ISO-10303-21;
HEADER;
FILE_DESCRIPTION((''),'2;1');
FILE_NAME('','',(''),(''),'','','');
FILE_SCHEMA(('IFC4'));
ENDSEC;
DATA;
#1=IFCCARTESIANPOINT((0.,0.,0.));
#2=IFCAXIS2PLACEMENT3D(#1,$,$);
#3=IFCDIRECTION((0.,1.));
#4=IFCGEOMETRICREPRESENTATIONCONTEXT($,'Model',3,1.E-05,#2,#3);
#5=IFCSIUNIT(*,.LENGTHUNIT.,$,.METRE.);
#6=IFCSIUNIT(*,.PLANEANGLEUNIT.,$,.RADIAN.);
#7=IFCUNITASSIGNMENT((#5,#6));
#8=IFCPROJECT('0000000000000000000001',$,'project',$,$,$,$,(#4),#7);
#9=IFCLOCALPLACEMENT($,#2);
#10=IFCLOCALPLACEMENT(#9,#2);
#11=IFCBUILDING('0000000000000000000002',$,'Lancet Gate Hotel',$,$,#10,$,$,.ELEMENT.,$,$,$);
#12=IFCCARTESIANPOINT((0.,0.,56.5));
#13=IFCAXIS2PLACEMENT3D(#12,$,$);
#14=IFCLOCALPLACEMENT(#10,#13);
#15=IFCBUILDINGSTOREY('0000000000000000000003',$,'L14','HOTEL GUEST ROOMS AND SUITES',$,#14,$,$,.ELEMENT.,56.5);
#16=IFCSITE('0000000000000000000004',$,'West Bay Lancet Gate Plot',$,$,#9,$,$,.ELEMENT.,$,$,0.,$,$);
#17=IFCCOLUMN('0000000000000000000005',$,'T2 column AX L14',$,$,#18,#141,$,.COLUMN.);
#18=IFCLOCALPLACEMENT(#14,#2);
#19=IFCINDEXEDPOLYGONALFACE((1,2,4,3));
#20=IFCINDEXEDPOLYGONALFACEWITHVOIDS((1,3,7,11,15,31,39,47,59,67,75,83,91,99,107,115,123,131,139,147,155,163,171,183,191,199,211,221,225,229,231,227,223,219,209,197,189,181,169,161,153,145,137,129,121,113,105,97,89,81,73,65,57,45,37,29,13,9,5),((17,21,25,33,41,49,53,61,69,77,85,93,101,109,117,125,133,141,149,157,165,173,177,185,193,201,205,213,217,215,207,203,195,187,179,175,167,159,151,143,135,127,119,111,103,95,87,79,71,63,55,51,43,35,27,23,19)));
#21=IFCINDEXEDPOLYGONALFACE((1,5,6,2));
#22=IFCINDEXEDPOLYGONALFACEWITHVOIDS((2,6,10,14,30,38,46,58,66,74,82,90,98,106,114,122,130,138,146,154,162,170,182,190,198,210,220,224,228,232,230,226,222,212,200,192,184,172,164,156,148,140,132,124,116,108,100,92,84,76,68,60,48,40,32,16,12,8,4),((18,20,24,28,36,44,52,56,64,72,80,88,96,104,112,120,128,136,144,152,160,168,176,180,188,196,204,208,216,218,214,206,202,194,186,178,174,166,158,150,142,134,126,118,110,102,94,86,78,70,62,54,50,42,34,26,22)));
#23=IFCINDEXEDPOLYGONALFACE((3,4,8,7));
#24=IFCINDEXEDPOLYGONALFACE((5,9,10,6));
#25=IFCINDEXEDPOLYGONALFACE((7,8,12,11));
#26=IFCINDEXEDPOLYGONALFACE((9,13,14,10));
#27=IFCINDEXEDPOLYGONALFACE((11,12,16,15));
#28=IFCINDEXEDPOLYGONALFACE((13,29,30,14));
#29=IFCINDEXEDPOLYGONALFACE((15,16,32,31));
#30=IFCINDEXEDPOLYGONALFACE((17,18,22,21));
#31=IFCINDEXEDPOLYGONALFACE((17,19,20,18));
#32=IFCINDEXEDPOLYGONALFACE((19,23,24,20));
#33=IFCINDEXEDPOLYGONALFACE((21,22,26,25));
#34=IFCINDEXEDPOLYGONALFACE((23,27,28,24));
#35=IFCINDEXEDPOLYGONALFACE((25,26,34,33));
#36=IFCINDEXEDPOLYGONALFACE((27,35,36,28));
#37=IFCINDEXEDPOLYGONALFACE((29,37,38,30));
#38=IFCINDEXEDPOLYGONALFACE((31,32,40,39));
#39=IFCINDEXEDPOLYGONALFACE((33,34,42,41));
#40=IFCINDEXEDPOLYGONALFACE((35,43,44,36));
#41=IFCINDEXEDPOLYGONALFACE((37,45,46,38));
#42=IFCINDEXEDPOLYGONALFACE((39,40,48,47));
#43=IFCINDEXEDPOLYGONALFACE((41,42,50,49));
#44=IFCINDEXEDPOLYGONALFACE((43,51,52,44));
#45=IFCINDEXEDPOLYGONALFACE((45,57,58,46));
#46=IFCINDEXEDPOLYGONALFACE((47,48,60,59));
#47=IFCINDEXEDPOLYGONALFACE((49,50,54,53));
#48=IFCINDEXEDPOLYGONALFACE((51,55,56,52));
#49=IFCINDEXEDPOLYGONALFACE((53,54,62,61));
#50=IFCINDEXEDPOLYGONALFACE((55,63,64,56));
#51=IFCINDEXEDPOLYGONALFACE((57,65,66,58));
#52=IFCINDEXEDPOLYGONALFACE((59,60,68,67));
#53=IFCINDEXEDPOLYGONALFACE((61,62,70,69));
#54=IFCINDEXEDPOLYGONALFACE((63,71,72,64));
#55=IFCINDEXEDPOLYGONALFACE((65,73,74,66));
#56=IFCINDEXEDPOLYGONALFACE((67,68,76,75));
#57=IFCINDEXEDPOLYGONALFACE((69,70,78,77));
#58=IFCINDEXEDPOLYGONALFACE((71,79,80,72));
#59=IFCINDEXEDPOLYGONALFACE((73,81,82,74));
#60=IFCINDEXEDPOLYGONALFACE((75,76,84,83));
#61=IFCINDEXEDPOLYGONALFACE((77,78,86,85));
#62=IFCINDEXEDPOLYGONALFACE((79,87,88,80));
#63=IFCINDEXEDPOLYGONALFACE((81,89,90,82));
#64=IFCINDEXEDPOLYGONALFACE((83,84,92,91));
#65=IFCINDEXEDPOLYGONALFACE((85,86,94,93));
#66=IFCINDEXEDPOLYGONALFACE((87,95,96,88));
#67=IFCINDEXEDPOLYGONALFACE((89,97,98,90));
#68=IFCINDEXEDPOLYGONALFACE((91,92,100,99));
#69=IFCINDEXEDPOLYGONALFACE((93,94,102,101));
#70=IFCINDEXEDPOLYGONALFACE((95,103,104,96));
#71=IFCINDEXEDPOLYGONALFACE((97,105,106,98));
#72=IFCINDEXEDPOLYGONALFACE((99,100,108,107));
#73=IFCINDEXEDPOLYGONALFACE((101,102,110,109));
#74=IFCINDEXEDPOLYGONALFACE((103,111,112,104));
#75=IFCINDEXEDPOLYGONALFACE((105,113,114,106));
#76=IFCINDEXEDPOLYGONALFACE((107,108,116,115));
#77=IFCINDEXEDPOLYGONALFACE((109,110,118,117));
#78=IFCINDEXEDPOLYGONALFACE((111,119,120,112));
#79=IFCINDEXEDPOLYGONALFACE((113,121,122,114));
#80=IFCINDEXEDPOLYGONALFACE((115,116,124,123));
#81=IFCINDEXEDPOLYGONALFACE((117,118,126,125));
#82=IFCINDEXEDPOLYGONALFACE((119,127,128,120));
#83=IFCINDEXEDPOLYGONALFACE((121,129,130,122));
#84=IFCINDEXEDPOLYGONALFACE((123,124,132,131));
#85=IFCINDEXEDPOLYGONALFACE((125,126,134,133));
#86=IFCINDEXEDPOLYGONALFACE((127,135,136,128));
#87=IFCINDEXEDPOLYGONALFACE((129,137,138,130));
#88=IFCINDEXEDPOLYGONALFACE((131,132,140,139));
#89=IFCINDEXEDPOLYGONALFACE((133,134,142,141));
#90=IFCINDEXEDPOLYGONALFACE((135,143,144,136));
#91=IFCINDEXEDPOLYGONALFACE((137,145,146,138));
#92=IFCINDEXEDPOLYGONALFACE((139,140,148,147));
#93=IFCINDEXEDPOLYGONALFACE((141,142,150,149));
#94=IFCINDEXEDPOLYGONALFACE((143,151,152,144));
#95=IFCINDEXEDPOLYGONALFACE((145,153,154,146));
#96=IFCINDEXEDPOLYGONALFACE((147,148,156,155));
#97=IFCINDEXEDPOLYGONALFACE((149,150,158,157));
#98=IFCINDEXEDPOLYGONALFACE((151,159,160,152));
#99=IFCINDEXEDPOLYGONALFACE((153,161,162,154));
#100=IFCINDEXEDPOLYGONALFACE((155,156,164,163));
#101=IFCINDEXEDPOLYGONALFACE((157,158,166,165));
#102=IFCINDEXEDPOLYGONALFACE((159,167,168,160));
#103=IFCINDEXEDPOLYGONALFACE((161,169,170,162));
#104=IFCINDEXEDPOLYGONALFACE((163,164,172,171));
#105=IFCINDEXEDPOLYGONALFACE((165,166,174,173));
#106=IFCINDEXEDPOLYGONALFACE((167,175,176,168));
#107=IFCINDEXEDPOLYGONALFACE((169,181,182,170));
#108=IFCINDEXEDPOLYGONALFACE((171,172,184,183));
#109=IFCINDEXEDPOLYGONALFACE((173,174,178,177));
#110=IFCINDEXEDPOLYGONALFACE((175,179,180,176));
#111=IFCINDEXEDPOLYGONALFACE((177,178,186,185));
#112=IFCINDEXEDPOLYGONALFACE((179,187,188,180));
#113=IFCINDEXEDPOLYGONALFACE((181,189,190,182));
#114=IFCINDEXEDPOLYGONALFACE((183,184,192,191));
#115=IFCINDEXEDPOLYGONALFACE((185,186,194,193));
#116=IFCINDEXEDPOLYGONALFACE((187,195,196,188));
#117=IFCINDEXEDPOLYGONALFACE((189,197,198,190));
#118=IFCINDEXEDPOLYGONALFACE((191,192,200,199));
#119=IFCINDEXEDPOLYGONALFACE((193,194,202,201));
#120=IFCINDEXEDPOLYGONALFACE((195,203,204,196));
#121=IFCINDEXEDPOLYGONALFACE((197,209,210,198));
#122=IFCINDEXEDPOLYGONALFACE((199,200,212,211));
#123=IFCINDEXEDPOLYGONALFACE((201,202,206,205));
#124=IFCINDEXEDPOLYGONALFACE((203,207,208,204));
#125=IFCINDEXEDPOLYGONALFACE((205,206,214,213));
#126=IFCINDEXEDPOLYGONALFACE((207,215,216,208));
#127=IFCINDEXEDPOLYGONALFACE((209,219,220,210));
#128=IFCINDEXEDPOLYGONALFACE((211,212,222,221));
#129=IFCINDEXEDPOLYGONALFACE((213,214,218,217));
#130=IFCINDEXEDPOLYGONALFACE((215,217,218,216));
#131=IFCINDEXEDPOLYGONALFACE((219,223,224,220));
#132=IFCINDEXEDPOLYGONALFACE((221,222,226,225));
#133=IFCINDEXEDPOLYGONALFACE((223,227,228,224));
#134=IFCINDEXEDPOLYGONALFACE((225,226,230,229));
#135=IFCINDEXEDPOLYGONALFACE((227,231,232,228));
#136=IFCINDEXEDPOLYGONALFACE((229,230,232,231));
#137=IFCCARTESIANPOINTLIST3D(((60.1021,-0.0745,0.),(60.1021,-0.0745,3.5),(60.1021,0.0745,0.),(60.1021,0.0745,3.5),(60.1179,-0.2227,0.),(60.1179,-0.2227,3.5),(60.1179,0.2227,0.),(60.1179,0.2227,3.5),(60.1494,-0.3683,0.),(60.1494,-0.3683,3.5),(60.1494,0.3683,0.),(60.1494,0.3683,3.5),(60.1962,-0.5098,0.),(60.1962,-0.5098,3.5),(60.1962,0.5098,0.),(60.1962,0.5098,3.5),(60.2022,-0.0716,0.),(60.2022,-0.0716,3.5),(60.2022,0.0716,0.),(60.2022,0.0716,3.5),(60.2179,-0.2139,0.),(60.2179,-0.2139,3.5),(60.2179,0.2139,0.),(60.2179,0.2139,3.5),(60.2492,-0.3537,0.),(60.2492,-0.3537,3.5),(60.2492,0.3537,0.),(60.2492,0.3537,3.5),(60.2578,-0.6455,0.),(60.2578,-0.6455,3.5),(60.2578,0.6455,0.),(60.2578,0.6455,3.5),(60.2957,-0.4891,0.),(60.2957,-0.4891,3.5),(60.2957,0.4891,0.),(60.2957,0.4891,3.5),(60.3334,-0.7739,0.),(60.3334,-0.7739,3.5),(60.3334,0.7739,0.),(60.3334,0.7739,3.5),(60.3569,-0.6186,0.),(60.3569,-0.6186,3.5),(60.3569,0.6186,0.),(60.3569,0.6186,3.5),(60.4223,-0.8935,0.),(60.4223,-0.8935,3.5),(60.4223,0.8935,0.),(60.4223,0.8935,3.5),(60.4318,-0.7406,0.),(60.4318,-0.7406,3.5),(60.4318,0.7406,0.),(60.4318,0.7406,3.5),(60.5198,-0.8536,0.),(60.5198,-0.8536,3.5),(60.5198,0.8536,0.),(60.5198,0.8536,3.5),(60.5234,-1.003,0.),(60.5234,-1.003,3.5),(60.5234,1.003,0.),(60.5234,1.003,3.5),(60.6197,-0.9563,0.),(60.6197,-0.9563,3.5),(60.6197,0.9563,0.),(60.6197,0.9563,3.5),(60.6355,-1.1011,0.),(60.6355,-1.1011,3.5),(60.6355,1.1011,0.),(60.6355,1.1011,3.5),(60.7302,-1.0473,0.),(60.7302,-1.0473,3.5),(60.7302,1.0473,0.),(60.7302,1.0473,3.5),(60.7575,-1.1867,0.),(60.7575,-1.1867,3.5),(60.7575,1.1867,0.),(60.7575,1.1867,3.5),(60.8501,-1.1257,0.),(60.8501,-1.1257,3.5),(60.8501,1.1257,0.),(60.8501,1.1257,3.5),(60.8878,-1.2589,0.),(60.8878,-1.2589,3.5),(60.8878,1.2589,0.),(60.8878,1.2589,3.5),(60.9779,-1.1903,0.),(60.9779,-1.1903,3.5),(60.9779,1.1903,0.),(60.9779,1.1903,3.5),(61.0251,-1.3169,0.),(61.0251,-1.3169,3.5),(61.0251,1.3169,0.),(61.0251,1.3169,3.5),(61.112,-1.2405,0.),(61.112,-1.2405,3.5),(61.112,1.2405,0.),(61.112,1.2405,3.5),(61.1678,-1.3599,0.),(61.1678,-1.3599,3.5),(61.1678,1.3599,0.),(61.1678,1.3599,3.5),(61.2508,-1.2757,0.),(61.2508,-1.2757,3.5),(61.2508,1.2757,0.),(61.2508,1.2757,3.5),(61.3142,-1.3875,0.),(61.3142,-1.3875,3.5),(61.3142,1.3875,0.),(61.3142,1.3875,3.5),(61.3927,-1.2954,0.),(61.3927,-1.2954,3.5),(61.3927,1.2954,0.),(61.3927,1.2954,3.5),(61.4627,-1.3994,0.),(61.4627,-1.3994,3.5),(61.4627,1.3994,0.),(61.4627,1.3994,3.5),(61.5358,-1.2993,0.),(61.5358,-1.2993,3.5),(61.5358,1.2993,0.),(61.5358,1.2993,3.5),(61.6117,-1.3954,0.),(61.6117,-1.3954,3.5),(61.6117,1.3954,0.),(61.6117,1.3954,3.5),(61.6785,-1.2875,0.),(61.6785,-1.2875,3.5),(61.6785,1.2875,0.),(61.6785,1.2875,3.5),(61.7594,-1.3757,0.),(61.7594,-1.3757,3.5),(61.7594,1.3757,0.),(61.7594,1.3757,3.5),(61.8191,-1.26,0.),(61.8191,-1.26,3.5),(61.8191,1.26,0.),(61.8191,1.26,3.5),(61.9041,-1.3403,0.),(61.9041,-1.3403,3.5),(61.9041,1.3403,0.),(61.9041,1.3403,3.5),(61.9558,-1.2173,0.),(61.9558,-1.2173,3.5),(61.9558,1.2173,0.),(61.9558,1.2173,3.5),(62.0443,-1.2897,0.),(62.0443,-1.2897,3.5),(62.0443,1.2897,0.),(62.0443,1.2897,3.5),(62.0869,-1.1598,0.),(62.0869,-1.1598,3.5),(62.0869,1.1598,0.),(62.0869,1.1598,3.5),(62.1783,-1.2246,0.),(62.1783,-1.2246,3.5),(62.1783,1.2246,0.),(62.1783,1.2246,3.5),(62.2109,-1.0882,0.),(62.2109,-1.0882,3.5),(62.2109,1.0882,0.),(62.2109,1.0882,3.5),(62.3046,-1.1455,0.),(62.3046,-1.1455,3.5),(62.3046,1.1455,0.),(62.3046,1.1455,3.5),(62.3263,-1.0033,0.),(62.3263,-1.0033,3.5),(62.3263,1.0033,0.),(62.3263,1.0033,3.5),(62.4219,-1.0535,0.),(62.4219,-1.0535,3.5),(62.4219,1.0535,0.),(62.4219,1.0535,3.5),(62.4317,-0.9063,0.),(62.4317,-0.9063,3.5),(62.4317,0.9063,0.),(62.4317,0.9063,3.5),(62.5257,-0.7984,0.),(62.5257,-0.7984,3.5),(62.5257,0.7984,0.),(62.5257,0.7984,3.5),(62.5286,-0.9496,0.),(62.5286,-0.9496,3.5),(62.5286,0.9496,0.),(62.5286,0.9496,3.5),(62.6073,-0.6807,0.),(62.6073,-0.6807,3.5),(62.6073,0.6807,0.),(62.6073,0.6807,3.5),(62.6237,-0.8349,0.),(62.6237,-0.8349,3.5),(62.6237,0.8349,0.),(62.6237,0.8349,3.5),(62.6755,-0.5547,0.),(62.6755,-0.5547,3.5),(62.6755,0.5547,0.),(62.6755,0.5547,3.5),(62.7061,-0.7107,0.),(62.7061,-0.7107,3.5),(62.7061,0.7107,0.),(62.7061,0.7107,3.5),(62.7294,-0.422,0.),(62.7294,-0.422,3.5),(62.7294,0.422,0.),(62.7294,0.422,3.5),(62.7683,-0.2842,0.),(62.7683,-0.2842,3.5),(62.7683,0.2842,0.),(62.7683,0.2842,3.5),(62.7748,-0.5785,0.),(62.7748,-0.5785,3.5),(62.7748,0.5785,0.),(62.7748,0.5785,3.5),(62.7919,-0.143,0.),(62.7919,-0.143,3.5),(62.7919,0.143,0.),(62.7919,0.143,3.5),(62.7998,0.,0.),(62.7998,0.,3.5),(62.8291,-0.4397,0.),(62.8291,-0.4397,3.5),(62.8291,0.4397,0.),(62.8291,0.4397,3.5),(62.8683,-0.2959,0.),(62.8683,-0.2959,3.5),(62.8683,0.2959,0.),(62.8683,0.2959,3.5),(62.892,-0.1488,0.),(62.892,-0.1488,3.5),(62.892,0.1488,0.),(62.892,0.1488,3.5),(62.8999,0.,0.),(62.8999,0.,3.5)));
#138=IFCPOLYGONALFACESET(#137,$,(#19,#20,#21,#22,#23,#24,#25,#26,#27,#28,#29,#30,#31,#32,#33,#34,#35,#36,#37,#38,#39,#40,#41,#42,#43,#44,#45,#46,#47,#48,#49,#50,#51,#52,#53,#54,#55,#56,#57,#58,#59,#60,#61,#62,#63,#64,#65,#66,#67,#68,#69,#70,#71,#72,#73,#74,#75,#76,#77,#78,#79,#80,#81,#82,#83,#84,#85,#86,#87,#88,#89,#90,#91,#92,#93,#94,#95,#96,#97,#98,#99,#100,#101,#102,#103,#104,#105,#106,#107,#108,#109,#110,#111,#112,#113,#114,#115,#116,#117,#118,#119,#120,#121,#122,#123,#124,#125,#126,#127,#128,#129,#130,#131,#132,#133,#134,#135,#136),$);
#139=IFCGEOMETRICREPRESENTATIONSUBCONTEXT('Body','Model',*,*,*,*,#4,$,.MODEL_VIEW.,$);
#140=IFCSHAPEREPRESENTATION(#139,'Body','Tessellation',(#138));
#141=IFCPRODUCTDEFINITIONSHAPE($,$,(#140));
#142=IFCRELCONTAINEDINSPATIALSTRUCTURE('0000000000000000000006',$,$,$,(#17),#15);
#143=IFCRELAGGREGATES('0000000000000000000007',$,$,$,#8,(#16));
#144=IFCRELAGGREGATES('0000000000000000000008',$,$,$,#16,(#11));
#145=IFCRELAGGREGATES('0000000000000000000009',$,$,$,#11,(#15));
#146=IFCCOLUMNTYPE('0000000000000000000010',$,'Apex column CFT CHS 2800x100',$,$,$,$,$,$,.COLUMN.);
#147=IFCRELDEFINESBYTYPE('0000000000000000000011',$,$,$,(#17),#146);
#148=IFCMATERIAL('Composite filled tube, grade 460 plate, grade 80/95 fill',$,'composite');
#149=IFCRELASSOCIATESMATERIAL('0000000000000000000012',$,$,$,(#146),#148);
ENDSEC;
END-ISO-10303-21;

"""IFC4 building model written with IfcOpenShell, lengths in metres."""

from ifc_helpers import new_model, si_unit, direction, frame, origin, origin_2d, place, context, subcontext, project, spatial, hollow_circle, extrude, material, material_profile, profile_set, type_object, element, save


model = new_model("IFC4")

# Units and contexts
model_context = context("Model", 3, precision=1e-05, world=origin(), true_north=direction((0.0, 1.0)))
body_context = subcontext(model_context, "Body", "Model", "MODEL_VIEW")
ifc_project = project(units=[si_unit("LENGTHUNIT", "METRE"), si_unit("PLANEANGLEUNIT", "RADIAN")], contexts=[model_context])

# Site, building, storey
site_placement = place(None, origin())
site = spatial("IfcSite", under=ifc_project, at=site_placement, Name="West Bay Lancet Gate Plot", CompositionType="ELEMENT", RefElevation=0.0)
building_placement = place(site_placement, origin())
building = spatial("IfcBuilding", under=site, at=building_placement, Name="Lancet Gate Hotel", CompositionType="ELEMENT")
storey_placement = place(building_placement, frame((0.0, 0.0, 56.5)))
storey = spatial("IfcBuildingStorey", under=building, at=storey_placement, Name="L14", Description="HOTEL GUEST ROOMS AND SUITES", CompositionType="ELEMENT", Elevation=56.5)

# Column
ifc_material_1 = material(Name="Composite filled tube, grade 460 plate, grade 80/95 fill", Category="composite")
ifc_material_profile_1 = material_profile(ifc_material_1, hollow_circle(Radius=1.3999, WallThickness=0.1001, at=origin_2d()), Name="CHS 2800x100")
ifc_profile_set_1 = profile_set([ifc_material_profile_1], Name="Composite filled tube, grade 460 plate, grade 80/95 fill")
column_type_1 = type_object("IfcColumnType", Name="Apex column CFT CHS 2800x100", PredefinedType="COLUMN", material=ifc_profile_set_1)
column_1_placement = place(storey_placement, frame((61.5, 0.0, 0.0), z_axis=(0.0, 0.0, 1.0), x_axis=(1.0, 0.0, 0.0)))
element("IfcColumn", 1, at=column_1_placement, inside=storey, type_object=column_type_1, Name="T2 column AX L14", PredefinedType="COLUMN", context=body_context, shape_type="SweptSolid", body=[
    extrude(hollow_circle(Radius=1.3999, WallThickness=0.1001, at=origin_2d()), origin(), (0.0, 0.0, 1.0), 3.5),
])

save(model, "model.ifc")
